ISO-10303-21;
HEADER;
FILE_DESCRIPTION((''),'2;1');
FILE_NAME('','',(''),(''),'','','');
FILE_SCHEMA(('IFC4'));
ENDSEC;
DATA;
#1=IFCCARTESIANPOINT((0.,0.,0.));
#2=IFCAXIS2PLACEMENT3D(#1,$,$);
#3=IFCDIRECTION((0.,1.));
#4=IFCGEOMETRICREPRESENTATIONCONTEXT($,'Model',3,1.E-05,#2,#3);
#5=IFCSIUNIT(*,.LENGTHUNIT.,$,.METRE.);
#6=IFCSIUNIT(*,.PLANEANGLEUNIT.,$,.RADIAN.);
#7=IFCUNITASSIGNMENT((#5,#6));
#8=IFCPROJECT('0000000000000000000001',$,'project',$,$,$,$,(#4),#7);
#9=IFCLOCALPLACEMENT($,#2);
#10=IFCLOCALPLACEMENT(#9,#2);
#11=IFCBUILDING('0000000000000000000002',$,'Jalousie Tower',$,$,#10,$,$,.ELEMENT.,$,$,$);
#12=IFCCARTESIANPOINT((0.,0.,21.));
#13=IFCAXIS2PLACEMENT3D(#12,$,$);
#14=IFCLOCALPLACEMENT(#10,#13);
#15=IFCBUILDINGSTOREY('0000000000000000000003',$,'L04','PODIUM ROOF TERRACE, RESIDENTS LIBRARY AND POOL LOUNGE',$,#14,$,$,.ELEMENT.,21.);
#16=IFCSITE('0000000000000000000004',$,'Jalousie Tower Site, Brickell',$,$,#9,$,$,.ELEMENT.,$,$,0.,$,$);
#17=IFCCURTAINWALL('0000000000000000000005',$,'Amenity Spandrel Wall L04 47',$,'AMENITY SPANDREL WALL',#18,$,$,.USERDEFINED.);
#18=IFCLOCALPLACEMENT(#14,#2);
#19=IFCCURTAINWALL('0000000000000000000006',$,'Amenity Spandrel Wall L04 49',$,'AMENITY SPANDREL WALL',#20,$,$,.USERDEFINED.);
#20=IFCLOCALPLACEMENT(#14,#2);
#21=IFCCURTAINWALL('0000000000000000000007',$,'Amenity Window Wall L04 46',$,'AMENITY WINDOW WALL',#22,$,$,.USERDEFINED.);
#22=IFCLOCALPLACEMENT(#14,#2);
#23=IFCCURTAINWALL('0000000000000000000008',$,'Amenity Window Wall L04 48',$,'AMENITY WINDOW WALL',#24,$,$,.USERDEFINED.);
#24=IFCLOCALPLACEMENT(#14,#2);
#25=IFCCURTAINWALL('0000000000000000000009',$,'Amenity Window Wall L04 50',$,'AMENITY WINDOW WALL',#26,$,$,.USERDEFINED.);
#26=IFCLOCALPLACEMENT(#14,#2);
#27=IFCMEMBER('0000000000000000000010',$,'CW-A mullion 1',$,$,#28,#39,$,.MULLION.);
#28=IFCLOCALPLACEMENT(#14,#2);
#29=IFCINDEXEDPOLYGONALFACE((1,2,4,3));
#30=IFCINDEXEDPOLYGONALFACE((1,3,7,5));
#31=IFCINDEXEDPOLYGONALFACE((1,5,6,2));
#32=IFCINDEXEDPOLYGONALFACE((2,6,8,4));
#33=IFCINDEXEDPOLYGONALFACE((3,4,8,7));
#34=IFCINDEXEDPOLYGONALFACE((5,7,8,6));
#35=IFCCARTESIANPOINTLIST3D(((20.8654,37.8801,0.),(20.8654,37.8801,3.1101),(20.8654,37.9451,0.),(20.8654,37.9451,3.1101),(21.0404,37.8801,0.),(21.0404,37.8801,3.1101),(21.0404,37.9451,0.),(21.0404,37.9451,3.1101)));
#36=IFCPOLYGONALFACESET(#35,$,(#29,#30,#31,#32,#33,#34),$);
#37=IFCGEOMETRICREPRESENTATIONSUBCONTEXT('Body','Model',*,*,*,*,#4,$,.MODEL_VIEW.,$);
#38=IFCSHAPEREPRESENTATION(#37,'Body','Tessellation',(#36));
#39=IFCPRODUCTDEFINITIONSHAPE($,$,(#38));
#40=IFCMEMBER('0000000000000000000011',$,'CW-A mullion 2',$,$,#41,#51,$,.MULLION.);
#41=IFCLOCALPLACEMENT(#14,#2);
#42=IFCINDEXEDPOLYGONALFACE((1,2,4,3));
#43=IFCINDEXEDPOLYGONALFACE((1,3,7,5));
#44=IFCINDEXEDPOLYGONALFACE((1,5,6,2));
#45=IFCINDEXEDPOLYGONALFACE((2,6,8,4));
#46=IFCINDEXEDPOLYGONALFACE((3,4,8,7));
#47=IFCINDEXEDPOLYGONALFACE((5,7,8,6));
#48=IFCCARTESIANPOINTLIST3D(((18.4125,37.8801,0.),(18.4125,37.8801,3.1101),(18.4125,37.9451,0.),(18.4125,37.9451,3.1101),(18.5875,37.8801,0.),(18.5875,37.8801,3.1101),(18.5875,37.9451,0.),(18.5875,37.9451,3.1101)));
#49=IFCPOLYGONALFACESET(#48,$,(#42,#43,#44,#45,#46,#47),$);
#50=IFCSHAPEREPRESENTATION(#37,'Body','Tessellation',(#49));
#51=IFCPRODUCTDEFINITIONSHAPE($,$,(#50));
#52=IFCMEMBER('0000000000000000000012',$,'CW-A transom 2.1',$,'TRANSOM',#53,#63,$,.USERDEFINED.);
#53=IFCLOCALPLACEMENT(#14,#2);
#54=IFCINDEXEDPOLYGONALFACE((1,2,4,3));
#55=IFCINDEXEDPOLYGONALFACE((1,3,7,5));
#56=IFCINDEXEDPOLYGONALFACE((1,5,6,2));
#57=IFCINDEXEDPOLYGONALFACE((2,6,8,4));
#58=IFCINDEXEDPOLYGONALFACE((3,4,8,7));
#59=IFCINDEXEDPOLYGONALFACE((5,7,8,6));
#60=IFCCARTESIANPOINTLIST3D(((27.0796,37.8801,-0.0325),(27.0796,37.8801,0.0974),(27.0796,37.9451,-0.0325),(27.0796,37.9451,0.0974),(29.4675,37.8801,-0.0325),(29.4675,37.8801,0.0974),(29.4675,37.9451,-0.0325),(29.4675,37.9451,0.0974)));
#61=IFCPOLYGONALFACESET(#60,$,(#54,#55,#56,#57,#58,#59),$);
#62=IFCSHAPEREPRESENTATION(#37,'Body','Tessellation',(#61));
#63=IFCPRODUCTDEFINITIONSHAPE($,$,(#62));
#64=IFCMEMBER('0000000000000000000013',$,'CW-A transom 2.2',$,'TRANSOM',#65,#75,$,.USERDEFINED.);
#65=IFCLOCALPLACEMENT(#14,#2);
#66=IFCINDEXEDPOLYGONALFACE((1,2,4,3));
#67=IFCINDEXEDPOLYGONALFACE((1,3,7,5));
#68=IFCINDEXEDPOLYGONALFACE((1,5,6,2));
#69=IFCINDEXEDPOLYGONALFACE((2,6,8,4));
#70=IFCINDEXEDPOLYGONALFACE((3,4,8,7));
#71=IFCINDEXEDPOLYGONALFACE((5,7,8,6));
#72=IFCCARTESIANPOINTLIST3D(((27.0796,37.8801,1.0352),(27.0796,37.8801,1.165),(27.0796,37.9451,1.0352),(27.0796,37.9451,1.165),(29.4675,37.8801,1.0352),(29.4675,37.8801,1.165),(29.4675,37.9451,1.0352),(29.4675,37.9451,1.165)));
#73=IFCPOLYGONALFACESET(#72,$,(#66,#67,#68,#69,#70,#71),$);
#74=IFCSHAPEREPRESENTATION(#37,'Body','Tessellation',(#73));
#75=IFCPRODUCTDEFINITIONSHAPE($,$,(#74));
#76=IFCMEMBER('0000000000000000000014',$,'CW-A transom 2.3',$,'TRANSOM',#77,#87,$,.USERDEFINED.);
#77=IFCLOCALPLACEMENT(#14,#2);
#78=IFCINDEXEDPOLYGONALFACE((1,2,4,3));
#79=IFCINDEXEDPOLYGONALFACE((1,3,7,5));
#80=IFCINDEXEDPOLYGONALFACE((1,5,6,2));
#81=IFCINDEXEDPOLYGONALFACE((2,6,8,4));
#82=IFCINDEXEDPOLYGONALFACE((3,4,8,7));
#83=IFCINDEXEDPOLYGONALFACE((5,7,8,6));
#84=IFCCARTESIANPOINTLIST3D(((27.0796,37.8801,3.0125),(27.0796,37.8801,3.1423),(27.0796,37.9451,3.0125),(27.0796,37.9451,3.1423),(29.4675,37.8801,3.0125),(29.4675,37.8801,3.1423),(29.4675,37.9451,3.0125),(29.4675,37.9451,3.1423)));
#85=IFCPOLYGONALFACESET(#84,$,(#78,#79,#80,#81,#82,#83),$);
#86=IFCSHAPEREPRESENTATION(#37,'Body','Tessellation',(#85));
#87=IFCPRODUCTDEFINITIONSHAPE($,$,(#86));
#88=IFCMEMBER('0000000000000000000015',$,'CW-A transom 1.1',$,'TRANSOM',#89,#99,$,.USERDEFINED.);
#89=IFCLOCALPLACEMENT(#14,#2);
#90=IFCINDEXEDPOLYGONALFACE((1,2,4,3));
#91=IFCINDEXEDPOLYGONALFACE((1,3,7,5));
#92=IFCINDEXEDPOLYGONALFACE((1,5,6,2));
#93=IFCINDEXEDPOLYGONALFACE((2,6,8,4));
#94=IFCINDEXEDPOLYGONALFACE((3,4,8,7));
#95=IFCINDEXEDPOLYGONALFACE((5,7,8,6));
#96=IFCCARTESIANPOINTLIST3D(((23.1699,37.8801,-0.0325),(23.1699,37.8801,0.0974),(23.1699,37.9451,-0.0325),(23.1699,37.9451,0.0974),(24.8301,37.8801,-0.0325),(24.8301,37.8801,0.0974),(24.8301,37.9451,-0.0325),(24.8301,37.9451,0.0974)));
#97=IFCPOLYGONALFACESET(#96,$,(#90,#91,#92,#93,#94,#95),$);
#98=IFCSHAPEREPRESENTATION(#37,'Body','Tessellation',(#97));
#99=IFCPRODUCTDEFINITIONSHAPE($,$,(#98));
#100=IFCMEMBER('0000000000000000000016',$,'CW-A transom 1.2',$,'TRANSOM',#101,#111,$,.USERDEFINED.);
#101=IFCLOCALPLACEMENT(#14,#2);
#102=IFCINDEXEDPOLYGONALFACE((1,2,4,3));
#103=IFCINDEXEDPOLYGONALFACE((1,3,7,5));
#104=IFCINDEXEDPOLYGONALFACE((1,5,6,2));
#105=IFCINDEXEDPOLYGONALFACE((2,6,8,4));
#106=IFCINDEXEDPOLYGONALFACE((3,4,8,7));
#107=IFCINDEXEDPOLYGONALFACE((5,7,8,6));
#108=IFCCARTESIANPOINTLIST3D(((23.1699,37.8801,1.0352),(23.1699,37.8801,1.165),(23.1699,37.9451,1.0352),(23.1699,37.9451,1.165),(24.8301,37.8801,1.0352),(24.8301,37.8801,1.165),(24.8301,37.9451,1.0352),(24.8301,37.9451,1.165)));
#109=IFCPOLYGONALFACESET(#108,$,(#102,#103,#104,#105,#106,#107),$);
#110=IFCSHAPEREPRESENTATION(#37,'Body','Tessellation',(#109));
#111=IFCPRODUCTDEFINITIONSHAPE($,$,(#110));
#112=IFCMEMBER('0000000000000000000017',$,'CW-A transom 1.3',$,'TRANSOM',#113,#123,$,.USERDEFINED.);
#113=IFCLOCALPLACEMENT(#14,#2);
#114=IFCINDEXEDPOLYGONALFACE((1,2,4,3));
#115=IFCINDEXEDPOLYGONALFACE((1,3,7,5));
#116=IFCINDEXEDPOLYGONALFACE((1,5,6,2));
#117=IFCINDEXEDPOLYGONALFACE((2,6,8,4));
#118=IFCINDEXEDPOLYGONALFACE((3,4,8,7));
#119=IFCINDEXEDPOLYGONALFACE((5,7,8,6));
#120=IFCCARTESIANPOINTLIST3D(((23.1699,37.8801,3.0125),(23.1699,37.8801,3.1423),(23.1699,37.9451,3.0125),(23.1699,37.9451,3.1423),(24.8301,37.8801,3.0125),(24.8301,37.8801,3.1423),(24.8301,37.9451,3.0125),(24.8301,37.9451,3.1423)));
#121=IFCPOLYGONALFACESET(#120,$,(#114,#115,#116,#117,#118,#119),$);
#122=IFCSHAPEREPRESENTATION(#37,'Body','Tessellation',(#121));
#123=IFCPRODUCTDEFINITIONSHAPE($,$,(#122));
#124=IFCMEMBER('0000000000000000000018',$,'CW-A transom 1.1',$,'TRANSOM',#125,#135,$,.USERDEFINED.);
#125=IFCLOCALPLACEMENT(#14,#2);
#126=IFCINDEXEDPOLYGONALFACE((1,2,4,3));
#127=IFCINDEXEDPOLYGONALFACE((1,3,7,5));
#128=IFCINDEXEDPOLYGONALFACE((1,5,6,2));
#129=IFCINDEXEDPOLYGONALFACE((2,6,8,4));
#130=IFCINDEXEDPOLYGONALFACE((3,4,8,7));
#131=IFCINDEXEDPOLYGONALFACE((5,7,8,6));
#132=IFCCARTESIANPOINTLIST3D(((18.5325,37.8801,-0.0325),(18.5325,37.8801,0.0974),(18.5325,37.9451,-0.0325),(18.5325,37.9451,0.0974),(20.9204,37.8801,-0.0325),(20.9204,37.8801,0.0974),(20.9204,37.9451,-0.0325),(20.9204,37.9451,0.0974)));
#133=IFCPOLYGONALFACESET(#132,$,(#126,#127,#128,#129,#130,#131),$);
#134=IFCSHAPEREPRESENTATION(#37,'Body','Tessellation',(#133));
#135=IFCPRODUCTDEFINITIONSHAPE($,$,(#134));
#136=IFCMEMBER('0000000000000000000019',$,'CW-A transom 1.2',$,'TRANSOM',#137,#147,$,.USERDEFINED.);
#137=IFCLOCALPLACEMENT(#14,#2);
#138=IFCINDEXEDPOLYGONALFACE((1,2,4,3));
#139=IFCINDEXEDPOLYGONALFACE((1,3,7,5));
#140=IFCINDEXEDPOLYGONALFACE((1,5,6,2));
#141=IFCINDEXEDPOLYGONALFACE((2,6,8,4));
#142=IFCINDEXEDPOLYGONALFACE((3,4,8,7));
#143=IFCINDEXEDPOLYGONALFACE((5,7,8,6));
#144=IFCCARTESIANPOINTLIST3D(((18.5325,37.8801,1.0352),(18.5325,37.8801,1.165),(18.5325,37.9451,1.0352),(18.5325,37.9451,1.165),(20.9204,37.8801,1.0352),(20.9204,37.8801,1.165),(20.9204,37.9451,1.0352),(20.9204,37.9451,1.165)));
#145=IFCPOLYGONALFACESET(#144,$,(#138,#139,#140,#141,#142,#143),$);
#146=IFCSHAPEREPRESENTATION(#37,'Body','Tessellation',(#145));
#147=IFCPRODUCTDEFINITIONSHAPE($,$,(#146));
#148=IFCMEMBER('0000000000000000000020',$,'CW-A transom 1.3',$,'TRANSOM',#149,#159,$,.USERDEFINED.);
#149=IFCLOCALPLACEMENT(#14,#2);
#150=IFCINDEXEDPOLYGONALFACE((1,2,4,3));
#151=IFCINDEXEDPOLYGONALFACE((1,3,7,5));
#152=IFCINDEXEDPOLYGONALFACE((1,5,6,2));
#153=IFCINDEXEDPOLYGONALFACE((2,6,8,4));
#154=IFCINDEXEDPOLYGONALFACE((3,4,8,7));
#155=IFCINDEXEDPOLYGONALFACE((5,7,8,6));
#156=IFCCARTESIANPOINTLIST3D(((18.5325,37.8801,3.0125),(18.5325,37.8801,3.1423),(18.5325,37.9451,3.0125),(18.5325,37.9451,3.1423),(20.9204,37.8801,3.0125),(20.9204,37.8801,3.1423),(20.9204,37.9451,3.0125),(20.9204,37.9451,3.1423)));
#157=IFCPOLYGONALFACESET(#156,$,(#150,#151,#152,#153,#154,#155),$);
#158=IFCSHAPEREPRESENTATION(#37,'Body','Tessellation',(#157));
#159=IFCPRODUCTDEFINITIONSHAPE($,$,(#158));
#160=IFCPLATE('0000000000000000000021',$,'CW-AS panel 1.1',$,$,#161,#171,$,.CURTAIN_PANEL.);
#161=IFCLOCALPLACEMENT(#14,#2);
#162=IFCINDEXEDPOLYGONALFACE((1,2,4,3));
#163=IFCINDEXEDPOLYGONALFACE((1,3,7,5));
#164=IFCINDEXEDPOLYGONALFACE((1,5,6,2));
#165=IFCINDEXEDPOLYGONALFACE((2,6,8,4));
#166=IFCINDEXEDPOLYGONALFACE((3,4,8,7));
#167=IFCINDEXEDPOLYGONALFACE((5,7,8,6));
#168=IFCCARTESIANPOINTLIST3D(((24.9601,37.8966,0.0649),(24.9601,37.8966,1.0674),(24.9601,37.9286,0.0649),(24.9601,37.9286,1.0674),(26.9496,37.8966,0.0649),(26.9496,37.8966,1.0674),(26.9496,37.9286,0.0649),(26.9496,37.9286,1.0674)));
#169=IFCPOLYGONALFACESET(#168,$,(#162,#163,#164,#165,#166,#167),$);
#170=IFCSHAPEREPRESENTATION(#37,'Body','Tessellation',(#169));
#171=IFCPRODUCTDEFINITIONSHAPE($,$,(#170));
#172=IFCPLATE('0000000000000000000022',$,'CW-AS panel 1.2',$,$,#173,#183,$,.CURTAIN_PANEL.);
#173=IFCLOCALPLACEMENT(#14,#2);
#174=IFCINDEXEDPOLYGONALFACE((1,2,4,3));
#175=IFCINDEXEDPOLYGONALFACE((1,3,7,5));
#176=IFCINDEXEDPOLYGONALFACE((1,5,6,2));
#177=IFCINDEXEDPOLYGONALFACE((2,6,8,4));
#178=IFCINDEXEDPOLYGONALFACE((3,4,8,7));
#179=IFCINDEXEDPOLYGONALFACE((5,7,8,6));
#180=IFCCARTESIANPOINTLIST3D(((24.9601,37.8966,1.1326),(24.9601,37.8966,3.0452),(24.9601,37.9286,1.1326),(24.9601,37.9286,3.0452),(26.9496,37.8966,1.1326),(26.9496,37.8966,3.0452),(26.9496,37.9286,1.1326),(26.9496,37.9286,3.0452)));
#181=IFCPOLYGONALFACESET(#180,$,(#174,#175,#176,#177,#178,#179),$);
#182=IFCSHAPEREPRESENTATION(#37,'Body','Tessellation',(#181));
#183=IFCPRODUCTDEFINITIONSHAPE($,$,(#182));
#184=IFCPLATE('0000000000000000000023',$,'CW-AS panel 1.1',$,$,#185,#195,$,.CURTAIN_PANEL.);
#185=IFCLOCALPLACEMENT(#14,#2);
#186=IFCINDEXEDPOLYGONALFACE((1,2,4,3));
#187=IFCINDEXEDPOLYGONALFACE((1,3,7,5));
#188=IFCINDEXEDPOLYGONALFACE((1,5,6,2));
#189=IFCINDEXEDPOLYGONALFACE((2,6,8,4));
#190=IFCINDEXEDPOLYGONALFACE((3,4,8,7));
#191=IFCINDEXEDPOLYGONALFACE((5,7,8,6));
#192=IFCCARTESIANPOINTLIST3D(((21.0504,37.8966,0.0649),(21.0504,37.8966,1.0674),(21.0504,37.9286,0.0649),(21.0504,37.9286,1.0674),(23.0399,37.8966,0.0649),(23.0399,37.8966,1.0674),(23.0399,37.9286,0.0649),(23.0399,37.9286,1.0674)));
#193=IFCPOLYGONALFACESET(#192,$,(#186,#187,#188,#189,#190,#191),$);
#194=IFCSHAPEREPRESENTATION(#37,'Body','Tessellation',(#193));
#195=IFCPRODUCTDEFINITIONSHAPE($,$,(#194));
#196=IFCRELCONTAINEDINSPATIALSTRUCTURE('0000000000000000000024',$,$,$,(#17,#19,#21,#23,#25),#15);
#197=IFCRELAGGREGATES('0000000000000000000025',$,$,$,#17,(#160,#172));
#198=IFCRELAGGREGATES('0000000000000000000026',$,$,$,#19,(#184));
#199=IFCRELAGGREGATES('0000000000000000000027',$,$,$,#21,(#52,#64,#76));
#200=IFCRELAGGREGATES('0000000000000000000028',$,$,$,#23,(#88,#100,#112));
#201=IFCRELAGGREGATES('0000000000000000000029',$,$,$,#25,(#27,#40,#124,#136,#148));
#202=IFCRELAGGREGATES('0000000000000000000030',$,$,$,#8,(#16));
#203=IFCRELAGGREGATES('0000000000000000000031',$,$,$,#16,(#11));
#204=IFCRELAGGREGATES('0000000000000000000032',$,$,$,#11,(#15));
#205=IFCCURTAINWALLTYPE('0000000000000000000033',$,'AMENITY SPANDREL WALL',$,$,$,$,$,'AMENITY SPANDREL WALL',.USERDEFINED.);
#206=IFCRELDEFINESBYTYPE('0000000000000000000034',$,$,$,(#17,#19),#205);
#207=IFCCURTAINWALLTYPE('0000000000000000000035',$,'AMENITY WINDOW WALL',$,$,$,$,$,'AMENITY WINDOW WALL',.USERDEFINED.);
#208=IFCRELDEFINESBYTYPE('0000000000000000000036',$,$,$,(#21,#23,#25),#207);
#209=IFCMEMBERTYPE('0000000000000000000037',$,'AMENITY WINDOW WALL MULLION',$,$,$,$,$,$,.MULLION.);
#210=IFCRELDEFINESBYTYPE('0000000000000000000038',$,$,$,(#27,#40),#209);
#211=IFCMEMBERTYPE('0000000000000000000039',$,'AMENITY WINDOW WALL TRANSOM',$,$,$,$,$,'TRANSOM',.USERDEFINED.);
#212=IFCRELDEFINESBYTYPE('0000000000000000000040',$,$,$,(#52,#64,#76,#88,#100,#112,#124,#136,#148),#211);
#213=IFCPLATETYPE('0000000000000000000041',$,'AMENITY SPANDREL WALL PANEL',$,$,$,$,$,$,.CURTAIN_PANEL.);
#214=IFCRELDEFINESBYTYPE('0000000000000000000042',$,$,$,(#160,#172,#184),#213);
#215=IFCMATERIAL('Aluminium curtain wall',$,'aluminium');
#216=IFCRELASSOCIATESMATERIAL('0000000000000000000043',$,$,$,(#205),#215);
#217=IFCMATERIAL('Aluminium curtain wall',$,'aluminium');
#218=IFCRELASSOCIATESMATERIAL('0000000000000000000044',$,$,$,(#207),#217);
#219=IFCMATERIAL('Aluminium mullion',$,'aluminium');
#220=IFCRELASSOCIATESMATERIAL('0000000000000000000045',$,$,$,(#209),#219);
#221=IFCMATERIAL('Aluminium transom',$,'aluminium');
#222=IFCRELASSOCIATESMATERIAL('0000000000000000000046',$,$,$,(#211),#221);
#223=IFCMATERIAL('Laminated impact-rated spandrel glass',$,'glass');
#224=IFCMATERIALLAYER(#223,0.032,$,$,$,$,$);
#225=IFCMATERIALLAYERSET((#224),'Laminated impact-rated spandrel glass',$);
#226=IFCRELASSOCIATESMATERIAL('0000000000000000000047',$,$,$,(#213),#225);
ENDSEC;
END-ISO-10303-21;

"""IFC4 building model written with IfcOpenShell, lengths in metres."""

from ifc_helpers import new_model, si_unit, direction, frame, origin, origin_2d, place, context, subcontext, project, spatial, rectangle, extrude, material, layer, layer_set, material_profile, profile_set, type_object, element, aggregate, save


model = new_model("IFC4")

# Units and contexts
model_context = context("Model", 3, precision=1e-05, world=origin(), true_north=direction((0.0, 1.0)))
body_context = subcontext(model_context, "Body", "Model", "MODEL_VIEW")
ifc_project = project(units=[si_unit("LENGTHUNIT", "METRE"), si_unit("PLANEANGLEUNIT", "RADIAN")], contexts=[model_context])

# Site, building, storey
site_placement = place(None, origin())
site = spatial("IfcSite", under=ifc_project, at=site_placement, Name="Jalousie Tower Site, Brickell", CompositionType="ELEMENT", RefElevation=0.0)
building_placement = place(site_placement, origin())
building = spatial("IfcBuilding", under=site, at=building_placement, Name="Jalousie Tower", CompositionType="ELEMENT")
storey_placement = place(building_placement, frame((0.0, 0.0, 21.0)))
storey = spatial("IfcBuildingStorey", under=building, at=storey_placement, Name="L04", Description="PODIUM ROOF TERRACE, RESIDENTS LIBRARY AND POOL LOUNGE", CompositionType="ELEMENT", Elevation=21.0)

# Curtain walls
ifc_material_1 = material(Name="Aluminium curtain wall", Category="aluminium")
curtain_wall_type_1 = type_object("IfcCurtainWallType", Name="AMENITY SPANDREL WALL", ElementType="AMENITY SPANDREL WALL", PredefinedType="USERDEFINED", material=ifc_material_1)
curtain_wall_1_placement = place(storey_placement, origin())
curtain_wall_1 = element("IfcCurtainWall", 1, at=curtain_wall_1_placement, inside=storey, type_object=curtain_wall_type_1, Name="Amenity Spandrel Wall L04 47", ObjectType="AMENITY SPANDREL WALL", PredefinedType="USERDEFINED")
curtain_wall_2_placement = place(storey_placement, origin())
curtain_wall_2 = element("IfcCurtainWall", 2, at=curtain_wall_2_placement, inside=storey, type_object=curtain_wall_type_1, Name="Amenity Spandrel Wall L04 49", ObjectType="AMENITY SPANDREL WALL", PredefinedType="USERDEFINED")

# Curtain walls, members
ifc_material_2 = material(Name="Aluminium curtain wall", Category="aluminium")
curtain_wall_type_2 = type_object("IfcCurtainWallType", Name="AMENITY WINDOW WALL", ElementType="AMENITY WINDOW WALL", PredefinedType="USERDEFINED", material=ifc_material_2)
curtain_wall_3_placement = place(storey_placement, origin())
curtain_wall_3 = element("IfcCurtainWall", 3, at=curtain_wall_3_placement, inside=storey, type_object=curtain_wall_type_2, Name="Amenity Window Wall L04 46", ObjectType="AMENITY WINDOW WALL", PredefinedType="USERDEFINED")
ifc_material_3 = material(Name="Aluminium mullion", Category="aluminium")
ifc_material_profile_1 = material_profile(ifc_material_3, rectangle(XDim=0.0649, YDim=0.175, at=origin_2d()), Name="MULLION 65x175")
ifc_profile_set_1 = profile_set([ifc_material_profile_1], Name="Aluminium mullion")
member_type_1 = type_object("IfcMemberType", Name="AMENITY WINDOW WALL MULLION", PredefinedType="MULLION", material=ifc_profile_set_1)
curtain_wall_4_placement = place(storey_placement, origin())
curtain_wall_4 = element("IfcCurtainWall", 4, at=curtain_wall_4_placement, inside=storey, type_object=curtain_wall_type_2, Name="Amenity Window Wall L04 48", ObjectType="AMENITY WINDOW WALL", PredefinedType="USERDEFINED")
curtain_wall_5_placement = place(storey_placement, origin())
curtain_wall_5 = element("IfcCurtainWall", 5, at=curtain_wall_5_placement, inside=storey, type_object=curtain_wall_type_2, Name="Amenity Window Wall L04 50", ObjectType="AMENITY WINDOW WALL", PredefinedType="USERDEFINED")
member_1_placement = place(storey_placement, frame((20.9529, 37.9126, 0.0), z_axis=(0.0, 0.0, 1.0), x_axis=(0.0, -1.0, 0.0)))
member_1 = element("IfcMember", 6, at=member_1_placement, type_object=member_type_1, Name="CW-A mullion 1", PredefinedType="MULLION", context=body_context, shape_type="SweptSolid", body=[
    extrude(rectangle(XDim=0.0649, YDim=0.175, at=origin_2d()), origin(), (0.0, 0.0, 1.0), 3.1101),
])
member_2_placement = place(storey_placement, frame((18.5, 37.9126, 0.0), z_axis=(0.0, 0.0, 1.0), x_axis=(0.0, -1.0, 0.0)))
member_2 = element("IfcMember", 7, at=member_2_placement, type_object=member_type_1, Name="CW-A mullion 2", PredefinedType="MULLION", context=body_context, shape_type="SweptSolid", body=[
    extrude(rectangle(XDim=0.0649, YDim=0.175, at=origin_2d()), origin(), (0.0, 0.0, 1.0), 3.1101),
])

# Members
ifc_material_4 = material(Name="Aluminium transom", Category="aluminium")
ifc_material_profile_2 = material_profile(ifc_material_4, rectangle(XDim=0.0649, YDim=0.1299, at=origin_2d()), Name="TRANSOM 65x130")
ifc_profile_set_2 = profile_set([ifc_material_profile_2], Name="Aluminium transom")
member_type_2 = type_object("IfcMemberType", Name="AMENITY WINDOW WALL TRANSOM", ElementType="TRANSOM", PredefinedType="USERDEFINED", material=ifc_profile_set_2)
member_3_placement = place(storey_placement, frame((29.4675, 37.9126, 0.0325), z_axis=(-1.0, 0.0, 0.0), x_axis=(0.0, -1.0, 0.0)))
member_3 = element("IfcMember", 8, at=member_3_placement, type_object=member_type_2, Name="CW-A transom 2.1", ObjectType="TRANSOM", PredefinedType="USERDEFINED", context=body_context, shape_type="SweptSolid", body=[
    extrude(rectangle(XDim=0.0649, YDim=0.1299, at=origin_2d()), origin(), (0.0, 0.0, 1.0), 2.3879),
])
member_4_placement = place(storey_placement, frame((29.4675, 37.9126, 1.1001), z_axis=(-1.0, 0.0, 0.0), x_axis=(0.0, -1.0, 0.0)))
member_4 = element("IfcMember", 9, at=member_4_placement, type_object=member_type_2, Name="CW-A transom 2.2", ObjectType="TRANSOM", PredefinedType="USERDEFINED", context=body_context, shape_type="SweptSolid", body=[
    extrude(rectangle(XDim=0.0649, YDim=0.1299, at=origin_2d()), origin(), (0.0, 0.0, 1.0), 2.3879),
])
member_5_placement = place(storey_placement, frame((29.4675, 37.9126, 3.0774), z_axis=(-1.0, 0.0, 0.0), x_axis=(0.0, -1.0, 0.0)))
member_5 = element("IfcMember", 10, at=member_5_placement, type_object=member_type_2, Name="CW-A transom 2.3", ObjectType="TRANSOM", PredefinedType="USERDEFINED", context=body_context, shape_type="SweptSolid", body=[
    extrude(rectangle(XDim=0.0649, YDim=0.1299, at=origin_2d()), origin(), (0.0, 0.0, 1.0), 2.3879),
])
member_6_placement = place(storey_placement, frame((24.8301, 37.9126, 0.0325), z_axis=(-1.0, 0.0, 0.0), x_axis=(0.0, -1.0, 0.0)))
member_6 = element("IfcMember", 11, at=member_6_placement, type_object=member_type_2, Name="CW-A transom 1.1", ObjectType="TRANSOM", PredefinedType="USERDEFINED", context=body_context, shape_type="SweptSolid", body=[
    extrude(rectangle(XDim=0.0649, YDim=0.1299, at=origin_2d()), origin(), (0.0, 0.0, 1.0), 1.6602),
])
member_7_placement = place(storey_placement, frame((24.8301, 37.9126, 1.1001), z_axis=(-1.0, 0.0, 0.0), x_axis=(0.0, -1.0, 0.0)))
member_7 = element("IfcMember", 12, at=member_7_placement, type_object=member_type_2, Name="CW-A transom 1.2", ObjectType="TRANSOM", PredefinedType="USERDEFINED", context=body_context, shape_type="SweptSolid", body=[
    extrude(rectangle(XDim=0.0649, YDim=0.1299, at=origin_2d()), origin(), (0.0, 0.0, 1.0), 1.6602),
])
member_8_placement = place(storey_placement, frame((24.8301, 37.9126, 3.0774), z_axis=(-1.0, 0.0, 0.0), x_axis=(0.0, -1.0, 0.0)))
member_8 = element("IfcMember", 13, at=member_8_placement, type_object=member_type_2, Name="CW-A transom 1.3", ObjectType="TRANSOM", PredefinedType="USERDEFINED", context=body_context, shape_type="SweptSolid", body=[
    extrude(rectangle(XDim=0.0649, YDim=0.1299, at=origin_2d()), origin(), (0.0, 0.0, 1.0), 1.6602),
])
member_9_placement = place(storey_placement, frame((20.9204, 37.9126, 0.0325), z_axis=(-1.0, 0.0, 0.0), x_axis=(0.0, -1.0, 0.0)))
member_9 = element("IfcMember", 14, at=member_9_placement, type_object=member_type_2, Name="CW-A transom 1.1", ObjectType="TRANSOM", PredefinedType="USERDEFINED", context=body_context, shape_type="SweptSolid", body=[
    extrude(rectangle(XDim=0.0649, YDim=0.1299, at=origin_2d()), origin(), (0.0, 0.0, 1.0), 2.3879),
])
member_10_placement = place(storey_placement, frame((20.9204, 37.9126, 1.1001), z_axis=(-1.0, 0.0, 0.0), x_axis=(0.0, -1.0, 0.0)))
member_10 = element("IfcMember", 15, at=member_10_placement, type_object=member_type_2, Name="CW-A transom 1.2", ObjectType="TRANSOM", PredefinedType="USERDEFINED", context=body_context, shape_type="SweptSolid", body=[
    extrude(rectangle(XDim=0.0649, YDim=0.1299, at=origin_2d()), origin(), (0.0, 0.0, 1.0), 2.3879),
])
member_11_placement = place(storey_placement, frame((20.9204, 37.9126, 3.0774), z_axis=(-1.0, 0.0, 0.0), x_axis=(0.0, -1.0, 0.0)))
member_11 = element("IfcMember", 16, at=member_11_placement, type_object=member_type_2, Name="CW-A transom 1.3", ObjectType="TRANSOM", PredefinedType="USERDEFINED", context=body_context, shape_type="SweptSolid", body=[
    extrude(rectangle(XDim=0.0649, YDim=0.1299, at=origin_2d()), origin(), (0.0, 0.0, 1.0), 2.3879),
])

# Plates
ifc_material_5 = material(Name="Laminated impact-rated spandrel glass", Category="glass")
ifc_layer_1 = layer(ifc_material_5, 0.032)
ifc_layer_set_1 = layer_set([ifc_layer_1], Name="Laminated impact-rated spandrel glass")
plate_type_1 = type_object("IfcPlateType", Name="AMENITY SPANDREL WALL PANEL", PredefinedType="CURTAIN_PANEL", material=ifc_layer_set_1)
plate_1_placement = place(storey_placement, frame((25.9548, 37.9126, 0.0649), z_axis=(0.0, 0.0, 1.0), x_axis=(-1.0, 0.0, 0.0)))
plate_1 = element("IfcPlate", 17, at=plate_1_placement, type_object=plate_type_1, Name="CW-AS panel 1.1", PredefinedType="CURTAIN_PANEL", context=body_context, shape_type="SweptSolid", body=[
    extrude(rectangle(XDim=1.9895, YDim=0.032, at=origin_2d()), origin(), (0.0, 0.0, 1.0), 1.0024),
])
plate_2_placement = place(storey_placement, frame((25.9548, 37.9126, 1.1326), z_axis=(0.0, 0.0, 1.0), x_axis=(-1.0, 0.0, 0.0)))
plate_2 = element("IfcPlate", 18, at=plate_2_placement, type_object=plate_type_1, Name="CW-AS panel 1.2", PredefinedType="CURTAIN_PANEL", context=body_context, shape_type="SweptSolid", body=[
    extrude(rectangle(XDim=1.9895, YDim=0.032, at=origin_2d()), origin(), (0.0, 0.0, 1.0), 1.9126),
])
aggregate(curtain_wall_1, [plate_1, plate_2])
plate_3_placement = place(storey_placement, frame((22.0452, 37.9126, 0.0649), z_axis=(0.0, 0.0, 1.0), x_axis=(-1.0, 0.0, 0.0)))
plate_3 = element("IfcPlate", 19, at=plate_3_placement, type_object=plate_type_1, Name="CW-AS panel 1.1", PredefinedType="CURTAIN_PANEL", context=body_context, shape_type="SweptSolid", body=[
    extrude(rectangle(XDim=1.9895, YDim=0.032, at=origin_2d()), origin(), (0.0, 0.0, 1.0), 1.0024),
])
aggregate(curtain_wall_2, [plate_3])
aggregate(curtain_wall_3, [member_3, member_4, member_5])
aggregate(curtain_wall_4, [member_6, member_7, member_8])
aggregate(curtain_wall_5, [member_1, member_2, member_9, member_10, member_11])

save(model, "model.ifc")
